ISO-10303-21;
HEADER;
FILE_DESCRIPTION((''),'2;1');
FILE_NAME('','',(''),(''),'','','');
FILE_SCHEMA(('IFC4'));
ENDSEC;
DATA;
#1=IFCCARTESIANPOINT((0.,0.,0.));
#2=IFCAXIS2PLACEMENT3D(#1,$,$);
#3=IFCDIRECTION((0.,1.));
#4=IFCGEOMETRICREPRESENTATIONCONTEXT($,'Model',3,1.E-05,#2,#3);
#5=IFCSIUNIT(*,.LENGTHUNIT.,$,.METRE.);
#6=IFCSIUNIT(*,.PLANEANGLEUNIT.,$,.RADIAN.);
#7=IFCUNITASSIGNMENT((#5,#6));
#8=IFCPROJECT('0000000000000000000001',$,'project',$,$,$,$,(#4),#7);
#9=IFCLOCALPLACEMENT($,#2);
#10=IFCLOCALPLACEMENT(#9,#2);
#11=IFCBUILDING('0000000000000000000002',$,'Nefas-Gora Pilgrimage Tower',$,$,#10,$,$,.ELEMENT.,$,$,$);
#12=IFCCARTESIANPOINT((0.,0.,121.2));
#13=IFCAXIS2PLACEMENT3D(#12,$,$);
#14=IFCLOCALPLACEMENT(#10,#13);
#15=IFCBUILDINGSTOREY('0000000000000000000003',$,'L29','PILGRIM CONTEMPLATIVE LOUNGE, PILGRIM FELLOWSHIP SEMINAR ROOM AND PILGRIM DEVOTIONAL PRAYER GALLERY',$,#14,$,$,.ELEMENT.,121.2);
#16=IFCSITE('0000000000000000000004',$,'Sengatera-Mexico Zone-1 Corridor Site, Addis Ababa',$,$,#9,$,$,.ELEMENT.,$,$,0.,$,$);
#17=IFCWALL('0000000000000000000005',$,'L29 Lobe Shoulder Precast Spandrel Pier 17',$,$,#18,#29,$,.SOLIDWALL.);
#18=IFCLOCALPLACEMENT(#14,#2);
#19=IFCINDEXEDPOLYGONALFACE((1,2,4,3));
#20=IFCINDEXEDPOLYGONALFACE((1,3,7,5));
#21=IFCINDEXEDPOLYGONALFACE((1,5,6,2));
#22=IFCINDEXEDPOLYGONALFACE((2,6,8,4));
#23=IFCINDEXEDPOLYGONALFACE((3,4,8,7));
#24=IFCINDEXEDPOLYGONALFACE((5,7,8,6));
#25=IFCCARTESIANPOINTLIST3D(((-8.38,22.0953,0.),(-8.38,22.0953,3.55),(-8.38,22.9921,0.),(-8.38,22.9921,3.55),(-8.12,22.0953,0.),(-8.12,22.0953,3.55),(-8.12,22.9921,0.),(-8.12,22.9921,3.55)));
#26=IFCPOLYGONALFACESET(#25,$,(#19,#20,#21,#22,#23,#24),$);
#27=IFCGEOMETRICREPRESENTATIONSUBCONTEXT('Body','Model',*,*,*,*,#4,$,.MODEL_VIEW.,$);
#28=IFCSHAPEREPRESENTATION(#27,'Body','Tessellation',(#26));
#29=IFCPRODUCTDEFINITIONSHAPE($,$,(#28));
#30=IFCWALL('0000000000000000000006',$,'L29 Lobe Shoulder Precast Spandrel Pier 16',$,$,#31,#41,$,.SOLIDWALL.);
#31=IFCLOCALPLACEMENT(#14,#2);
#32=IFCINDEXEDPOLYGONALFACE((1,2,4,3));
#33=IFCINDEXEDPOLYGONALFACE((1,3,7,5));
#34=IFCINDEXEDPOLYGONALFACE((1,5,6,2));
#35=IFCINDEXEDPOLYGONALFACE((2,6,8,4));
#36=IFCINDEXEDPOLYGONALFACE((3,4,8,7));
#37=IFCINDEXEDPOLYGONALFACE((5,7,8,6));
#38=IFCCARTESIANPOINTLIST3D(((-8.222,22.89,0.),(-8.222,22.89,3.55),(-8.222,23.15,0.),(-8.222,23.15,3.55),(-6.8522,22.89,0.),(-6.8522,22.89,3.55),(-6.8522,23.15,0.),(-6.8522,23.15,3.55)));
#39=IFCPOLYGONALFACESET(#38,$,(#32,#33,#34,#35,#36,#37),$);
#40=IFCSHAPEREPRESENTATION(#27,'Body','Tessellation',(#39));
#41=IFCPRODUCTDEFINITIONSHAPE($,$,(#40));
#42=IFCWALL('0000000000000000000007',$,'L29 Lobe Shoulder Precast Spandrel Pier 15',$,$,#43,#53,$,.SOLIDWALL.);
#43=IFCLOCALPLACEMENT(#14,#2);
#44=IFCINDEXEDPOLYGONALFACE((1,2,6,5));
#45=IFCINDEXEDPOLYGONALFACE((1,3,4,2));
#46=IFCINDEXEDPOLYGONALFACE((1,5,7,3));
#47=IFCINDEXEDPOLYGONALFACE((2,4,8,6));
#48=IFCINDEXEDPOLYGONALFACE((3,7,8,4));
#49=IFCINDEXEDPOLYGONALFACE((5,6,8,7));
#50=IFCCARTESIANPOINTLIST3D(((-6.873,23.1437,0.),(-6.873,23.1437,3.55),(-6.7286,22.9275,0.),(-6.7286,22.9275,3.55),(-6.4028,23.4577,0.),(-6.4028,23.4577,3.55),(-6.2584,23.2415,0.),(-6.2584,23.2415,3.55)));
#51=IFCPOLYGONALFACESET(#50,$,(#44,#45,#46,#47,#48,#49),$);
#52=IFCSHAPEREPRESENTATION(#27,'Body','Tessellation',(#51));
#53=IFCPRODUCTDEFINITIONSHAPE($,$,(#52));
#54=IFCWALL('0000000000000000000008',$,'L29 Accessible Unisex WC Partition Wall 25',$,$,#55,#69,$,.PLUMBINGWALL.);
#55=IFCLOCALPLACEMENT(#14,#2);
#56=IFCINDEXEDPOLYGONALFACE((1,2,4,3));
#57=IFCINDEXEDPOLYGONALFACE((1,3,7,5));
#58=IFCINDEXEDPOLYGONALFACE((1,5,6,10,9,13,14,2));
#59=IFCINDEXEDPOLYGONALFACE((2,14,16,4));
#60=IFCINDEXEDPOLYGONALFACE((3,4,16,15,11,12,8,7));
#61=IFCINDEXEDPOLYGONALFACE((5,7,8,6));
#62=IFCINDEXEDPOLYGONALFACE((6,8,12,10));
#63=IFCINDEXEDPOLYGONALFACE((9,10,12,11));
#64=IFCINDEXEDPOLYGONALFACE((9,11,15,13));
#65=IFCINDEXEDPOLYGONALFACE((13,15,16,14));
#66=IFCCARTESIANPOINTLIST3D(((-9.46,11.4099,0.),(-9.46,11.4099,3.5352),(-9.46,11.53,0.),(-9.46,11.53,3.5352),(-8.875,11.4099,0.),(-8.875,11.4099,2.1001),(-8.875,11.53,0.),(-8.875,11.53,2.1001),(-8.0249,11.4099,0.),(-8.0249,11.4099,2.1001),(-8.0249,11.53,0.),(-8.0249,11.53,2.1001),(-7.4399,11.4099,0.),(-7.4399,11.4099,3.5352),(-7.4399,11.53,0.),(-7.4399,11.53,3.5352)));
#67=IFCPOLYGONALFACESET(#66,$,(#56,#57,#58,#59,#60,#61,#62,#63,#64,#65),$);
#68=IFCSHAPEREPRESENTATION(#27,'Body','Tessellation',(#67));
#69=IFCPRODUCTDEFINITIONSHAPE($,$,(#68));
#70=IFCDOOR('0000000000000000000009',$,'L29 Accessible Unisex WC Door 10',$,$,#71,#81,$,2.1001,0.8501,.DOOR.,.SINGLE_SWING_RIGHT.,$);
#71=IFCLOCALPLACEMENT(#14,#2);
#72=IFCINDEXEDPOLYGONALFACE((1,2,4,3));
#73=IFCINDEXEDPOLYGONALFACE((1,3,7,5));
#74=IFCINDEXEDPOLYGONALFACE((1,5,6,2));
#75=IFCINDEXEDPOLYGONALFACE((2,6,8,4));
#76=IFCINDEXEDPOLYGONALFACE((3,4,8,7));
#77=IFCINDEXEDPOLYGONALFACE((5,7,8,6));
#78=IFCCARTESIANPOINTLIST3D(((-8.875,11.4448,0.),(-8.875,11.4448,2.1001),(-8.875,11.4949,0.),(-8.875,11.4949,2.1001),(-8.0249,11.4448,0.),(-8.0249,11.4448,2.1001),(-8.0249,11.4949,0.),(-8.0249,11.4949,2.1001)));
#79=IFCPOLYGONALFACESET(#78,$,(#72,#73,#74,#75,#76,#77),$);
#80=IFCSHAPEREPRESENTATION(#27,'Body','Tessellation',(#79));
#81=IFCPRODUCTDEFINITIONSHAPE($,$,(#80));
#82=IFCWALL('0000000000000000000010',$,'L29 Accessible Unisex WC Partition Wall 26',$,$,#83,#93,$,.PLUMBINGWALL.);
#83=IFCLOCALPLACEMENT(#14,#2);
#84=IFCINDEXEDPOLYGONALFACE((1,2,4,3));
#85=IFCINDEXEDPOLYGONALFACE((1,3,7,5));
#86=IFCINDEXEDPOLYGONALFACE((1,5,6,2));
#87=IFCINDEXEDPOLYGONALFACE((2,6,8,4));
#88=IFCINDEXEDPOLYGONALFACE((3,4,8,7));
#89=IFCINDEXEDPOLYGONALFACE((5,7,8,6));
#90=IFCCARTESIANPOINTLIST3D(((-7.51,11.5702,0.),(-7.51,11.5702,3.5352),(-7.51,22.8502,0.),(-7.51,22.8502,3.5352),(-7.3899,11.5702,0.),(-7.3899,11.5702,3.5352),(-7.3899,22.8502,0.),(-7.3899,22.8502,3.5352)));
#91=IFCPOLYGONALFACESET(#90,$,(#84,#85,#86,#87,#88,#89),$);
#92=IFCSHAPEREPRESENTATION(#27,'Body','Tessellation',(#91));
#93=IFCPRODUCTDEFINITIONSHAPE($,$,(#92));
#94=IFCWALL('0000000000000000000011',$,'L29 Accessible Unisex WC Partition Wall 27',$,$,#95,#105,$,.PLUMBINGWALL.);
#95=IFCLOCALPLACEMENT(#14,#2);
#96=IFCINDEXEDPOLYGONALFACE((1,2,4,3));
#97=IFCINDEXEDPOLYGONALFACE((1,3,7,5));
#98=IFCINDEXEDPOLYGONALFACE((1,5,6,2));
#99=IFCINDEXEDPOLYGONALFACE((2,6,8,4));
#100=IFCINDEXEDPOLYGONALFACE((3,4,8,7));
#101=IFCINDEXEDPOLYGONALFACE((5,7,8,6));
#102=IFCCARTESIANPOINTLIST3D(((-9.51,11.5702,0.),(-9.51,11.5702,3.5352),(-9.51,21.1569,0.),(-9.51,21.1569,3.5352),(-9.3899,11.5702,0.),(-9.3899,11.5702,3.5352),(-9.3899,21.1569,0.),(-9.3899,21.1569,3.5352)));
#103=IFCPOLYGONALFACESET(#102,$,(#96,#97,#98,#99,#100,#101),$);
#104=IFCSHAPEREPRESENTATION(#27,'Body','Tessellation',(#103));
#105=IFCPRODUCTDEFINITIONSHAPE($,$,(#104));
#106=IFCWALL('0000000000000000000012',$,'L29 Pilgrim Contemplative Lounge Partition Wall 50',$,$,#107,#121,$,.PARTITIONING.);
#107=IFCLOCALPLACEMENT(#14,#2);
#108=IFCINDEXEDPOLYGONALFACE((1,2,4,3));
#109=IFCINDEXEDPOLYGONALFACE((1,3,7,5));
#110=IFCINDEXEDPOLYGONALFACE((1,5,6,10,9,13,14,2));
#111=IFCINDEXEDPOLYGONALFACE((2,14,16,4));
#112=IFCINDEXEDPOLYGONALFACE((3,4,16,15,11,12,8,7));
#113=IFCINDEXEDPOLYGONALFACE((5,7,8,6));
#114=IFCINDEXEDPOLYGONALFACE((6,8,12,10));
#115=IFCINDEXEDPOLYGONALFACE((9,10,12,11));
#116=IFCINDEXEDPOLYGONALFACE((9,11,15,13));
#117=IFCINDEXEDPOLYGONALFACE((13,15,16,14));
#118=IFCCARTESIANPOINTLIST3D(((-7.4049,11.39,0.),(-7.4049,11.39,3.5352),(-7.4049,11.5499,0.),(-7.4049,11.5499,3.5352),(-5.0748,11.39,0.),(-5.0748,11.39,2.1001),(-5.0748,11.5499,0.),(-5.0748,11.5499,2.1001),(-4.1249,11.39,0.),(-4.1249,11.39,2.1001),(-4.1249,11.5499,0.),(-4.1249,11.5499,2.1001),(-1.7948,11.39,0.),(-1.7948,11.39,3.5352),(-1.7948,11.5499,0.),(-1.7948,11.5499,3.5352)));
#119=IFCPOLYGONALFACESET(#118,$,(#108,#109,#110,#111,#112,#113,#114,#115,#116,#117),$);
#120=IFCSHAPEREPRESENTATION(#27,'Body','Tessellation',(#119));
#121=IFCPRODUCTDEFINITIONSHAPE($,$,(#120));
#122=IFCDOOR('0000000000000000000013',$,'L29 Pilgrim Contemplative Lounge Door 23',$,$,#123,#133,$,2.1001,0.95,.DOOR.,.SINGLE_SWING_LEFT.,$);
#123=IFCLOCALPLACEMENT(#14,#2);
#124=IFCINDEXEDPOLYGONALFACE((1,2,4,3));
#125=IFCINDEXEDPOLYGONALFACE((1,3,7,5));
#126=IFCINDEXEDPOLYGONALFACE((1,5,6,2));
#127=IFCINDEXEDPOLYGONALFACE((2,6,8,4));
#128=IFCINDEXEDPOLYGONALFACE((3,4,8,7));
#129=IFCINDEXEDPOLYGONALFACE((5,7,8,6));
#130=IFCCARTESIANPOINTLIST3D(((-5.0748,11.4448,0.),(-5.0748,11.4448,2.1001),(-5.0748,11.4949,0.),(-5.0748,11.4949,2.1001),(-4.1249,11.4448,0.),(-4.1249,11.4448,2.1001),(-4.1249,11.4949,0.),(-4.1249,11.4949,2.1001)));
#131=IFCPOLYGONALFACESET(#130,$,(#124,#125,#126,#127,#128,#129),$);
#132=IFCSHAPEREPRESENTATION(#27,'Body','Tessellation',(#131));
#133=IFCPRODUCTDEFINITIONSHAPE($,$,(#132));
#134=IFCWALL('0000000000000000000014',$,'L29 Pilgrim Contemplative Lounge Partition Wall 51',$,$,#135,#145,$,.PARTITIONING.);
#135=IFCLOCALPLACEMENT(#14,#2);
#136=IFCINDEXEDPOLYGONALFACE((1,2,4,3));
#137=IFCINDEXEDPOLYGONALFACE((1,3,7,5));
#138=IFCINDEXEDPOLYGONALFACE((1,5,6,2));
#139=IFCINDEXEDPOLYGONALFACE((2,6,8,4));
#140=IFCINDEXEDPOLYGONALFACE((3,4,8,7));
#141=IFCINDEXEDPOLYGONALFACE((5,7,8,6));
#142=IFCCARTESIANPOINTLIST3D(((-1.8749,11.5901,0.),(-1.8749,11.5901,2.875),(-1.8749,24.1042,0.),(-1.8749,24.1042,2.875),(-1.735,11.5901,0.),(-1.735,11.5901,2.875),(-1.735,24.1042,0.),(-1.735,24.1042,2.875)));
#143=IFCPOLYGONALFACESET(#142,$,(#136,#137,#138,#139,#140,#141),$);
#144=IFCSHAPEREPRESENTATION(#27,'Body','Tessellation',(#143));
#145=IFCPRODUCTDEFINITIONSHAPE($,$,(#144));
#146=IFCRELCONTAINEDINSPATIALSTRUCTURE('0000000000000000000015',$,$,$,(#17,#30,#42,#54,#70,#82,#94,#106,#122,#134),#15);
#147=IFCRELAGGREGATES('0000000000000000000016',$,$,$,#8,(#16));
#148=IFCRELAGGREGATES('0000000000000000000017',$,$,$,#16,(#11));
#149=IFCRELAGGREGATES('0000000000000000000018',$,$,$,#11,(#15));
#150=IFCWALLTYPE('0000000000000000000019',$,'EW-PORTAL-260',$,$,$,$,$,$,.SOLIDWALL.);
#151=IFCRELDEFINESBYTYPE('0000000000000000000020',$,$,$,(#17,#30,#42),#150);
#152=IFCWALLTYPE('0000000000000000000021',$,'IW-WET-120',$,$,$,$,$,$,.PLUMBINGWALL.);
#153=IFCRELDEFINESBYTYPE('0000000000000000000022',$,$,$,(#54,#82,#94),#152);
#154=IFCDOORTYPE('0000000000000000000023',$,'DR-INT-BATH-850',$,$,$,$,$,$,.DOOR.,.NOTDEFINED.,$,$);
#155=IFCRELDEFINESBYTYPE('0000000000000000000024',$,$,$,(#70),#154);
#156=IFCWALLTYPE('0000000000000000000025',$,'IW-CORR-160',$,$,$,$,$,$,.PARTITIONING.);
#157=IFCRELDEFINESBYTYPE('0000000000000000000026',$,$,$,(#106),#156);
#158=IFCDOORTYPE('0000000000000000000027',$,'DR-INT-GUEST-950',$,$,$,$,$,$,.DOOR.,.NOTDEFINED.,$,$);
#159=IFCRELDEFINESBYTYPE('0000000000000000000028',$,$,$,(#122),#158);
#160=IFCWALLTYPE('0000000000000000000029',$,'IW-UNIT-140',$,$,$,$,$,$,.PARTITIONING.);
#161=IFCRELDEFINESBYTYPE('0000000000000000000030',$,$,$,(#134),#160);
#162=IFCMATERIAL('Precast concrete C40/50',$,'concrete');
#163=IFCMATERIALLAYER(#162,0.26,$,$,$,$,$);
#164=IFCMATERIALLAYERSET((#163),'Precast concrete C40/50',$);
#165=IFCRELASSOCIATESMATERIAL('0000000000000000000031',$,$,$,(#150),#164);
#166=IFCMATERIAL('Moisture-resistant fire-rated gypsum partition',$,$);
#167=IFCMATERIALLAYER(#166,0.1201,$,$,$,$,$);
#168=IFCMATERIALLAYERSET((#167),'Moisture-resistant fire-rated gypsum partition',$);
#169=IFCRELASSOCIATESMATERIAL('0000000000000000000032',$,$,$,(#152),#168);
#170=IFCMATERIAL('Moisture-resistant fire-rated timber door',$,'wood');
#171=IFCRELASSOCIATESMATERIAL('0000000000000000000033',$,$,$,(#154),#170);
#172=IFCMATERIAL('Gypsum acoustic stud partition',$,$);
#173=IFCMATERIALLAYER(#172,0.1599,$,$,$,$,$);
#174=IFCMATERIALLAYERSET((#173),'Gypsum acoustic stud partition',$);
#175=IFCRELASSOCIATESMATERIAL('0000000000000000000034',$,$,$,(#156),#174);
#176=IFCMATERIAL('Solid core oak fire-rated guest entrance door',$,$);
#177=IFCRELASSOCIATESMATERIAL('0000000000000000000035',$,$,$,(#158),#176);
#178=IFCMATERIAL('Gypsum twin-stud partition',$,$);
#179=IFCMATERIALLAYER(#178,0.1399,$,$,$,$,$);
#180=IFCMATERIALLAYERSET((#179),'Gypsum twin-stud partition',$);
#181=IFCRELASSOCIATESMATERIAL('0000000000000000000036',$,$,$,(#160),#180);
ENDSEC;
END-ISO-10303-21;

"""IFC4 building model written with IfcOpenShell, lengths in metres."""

from ifc_helpers import new_model, si_unit, direction, frame, frame_2d, origin, place, context, subcontext, project, spatial, rectangle, extrude, source, transform, mapped, material, layer, layer_set, type_object, element, fill, save


model = new_model("IFC4")

# Units and contexts
model_context = context("Model", 3, precision=1e-05, world=origin(), true_north=direction((0.0, 1.0)))
body_context = subcontext(model_context, "Body", "Model", "MODEL_VIEW")
ifc_project = project(units=[si_unit("LENGTHUNIT", "METRE"), si_unit("PLANEANGLEUNIT", "RADIAN")], contexts=[model_context])

# Site, building, storey
site_placement = place(None, origin())
site = spatial("IfcSite", under=ifc_project, at=site_placement, Name="Sengatera-Mexico Zone-1 Corridor Site, Addis Ababa", CompositionType="ELEMENT", RefElevation=0.0)
building_placement = place(site_placement, origin())
building = spatial("IfcBuilding", under=site, at=building_placement, Name="Nefas-Gora Pilgrimage Tower", CompositionType="ELEMENT")
storey_placement = place(building_placement, frame((0.0, 0.0, 121.2)))
storey = spatial("IfcBuildingStorey", under=building, at=storey_placement, Name="L29", Description="PILGRIM CONTEMPLATIVE LOUNGE, PILGRIM FELLOWSHIP SEMINAR ROOM AND PILGRIM DEVOTIONAL PRAYER GALLERY", CompositionType="ELEMENT", Elevation=121.2)

# Walls
ifc_material_1 = material(Name="Precast concrete C40/50", Category="concrete")
ifc_layer_1 = layer(ifc_material_1, 0.26)
ifc_layer_set_1 = layer_set([ifc_layer_1], Name="Precast concrete C40/50")
wall_type_1 = type_object("IfcWallType", Name="EW-PORTAL-260", PredefinedType="SOLIDWALL", material=ifc_layer_set_1)
shared_shape_1 = source(origin(), body_context, "Body", "SweptSolid", [
    extrude(rectangle(XDim=0.8967, YDim=0.26, at=frame_2d((0.4482, 0.0))), origin(), (0.0, 0.0, 1.0), 3.55),
])
wall_1_placement = place(storey_placement, frame((-8.25, 22.9919, 0.0), z_axis=(0.0, 0.0, 1.0), x_axis=(0.0, -1.0, 0.0)))
element("IfcWall", 1, at=wall_1_placement, inside=storey, type_object=wall_type_1, Name="L29 Lobe Shoulder Precast Spandrel Pier 17", PredefinedType="SOLIDWALL", context=body_context, shape_type="MappedRepresentation", body=[
    mapped(shared_shape_1, transform((0.0, 0.0, 0.0), x_axis=(1.0, 0.0, 0.0), y_axis=(0.0, 1.0, 0.0), z_axis=(0.0, 0.0, 1.0), scale=1.0)),
])
shared_shape_2 = source(origin(), body_context, "Body", "SweptSolid", [
    extrude(rectangle(XDim=1.3699, YDim=0.26, at=frame_2d((0.6851, 0.0))), origin(), (0.0, 0.0, 1.0), 3.55),
])
wall_2_placement = place(storey_placement, frame((-6.8521, 23.02, 0.0), z_axis=(0.0, 0.0, 1.0), x_axis=(-1.0, 0.0, 0.0)))
element("IfcWall", 2, at=wall_2_placement, inside=storey, type_object=wall_type_1, Name="L29 Lobe Shoulder Precast Spandrel Pier 16", PredefinedType="SOLIDWALL", context=body_context, shape_type="MappedRepresentation", body=[
    mapped(shared_shape_2, transform((0.0, 0.0, 0.0), x_axis=(1.0, 0.0, 0.0), y_axis=(0.0, 1.0, 0.0), z_axis=(0.0, 0.0, 1.0), scale=1.0)),
])
shared_shape_3 = source(origin(), body_context, "Body", "SweptSolid", [
    extrude(rectangle(XDim=0.5654, YDim=0.26, at=frame_2d((0.2827, 0.0))), origin(), (0.0, 0.0, 1.0), 3.55),
])
wall_3_placement = place(storey_placement, frame((-6.3306, 23.3496, 0.0), z_axis=(0.0, 0.0, 1.0), x_axis=(-0.831651, -0.555298, 0.0)))
element("IfcWall", 3, at=wall_3_placement, inside=storey, type_object=wall_type_1, Name="L29 Lobe Shoulder Precast Spandrel Pier 15", PredefinedType="SOLIDWALL", context=body_context, shape_type="MappedRepresentation", body=[
    mapped(shared_shape_3, transform((0.0, 0.0, 0.0), x_axis=(1.0, 0.0, 0.0), y_axis=(0.0, 1.0, 0.0), z_axis=(0.0, 0.0, 1.0), scale=1.0)),
])

# Wall, opening, door
ifc_material_2 = material(Name="Moisture-resistant fire-rated gypsum partition")
ifc_layer_2 = layer(ifc_material_2, 0.1201)
ifc_layer_set_2 = layer_set([ifc_layer_2], Name="Moisture-resistant fire-rated gypsum partition")
wall_type_2 = type_object("IfcWallType", Name="IW-WET-120", PredefinedType="PLUMBINGWALL", material=ifc_layer_set_2)
shared_shape_4 = source(origin(), body_context, "Body", "SweptSolid", [
    extrude(rectangle(XDim=2.02, YDim=0.1201, at=frame_2d((1.01, 0.0))), origin(), (0.0, 0.0, 1.0), 3.5352),
])
wall_4_placement = place(storey_placement, frame((-9.46, 11.47, 0.0), z_axis=(0.0, 0.0, 1.0), x_axis=(1.0, 0.0, 0.0)))
wall_4 = element("IfcWall", 4, at=wall_4_placement, inside=storey, type_object=wall_type_2, Name="L29 Accessible Unisex WC Partition Wall 25", PredefinedType="PLUMBINGWALL", context=body_context, shape_type="MappedRepresentation", body=[
    mapped(shared_shape_4, transform((0.0, 0.0, 0.0), x_axis=(1.0, 0.0, 0.0), y_axis=(0.0, 1.0, 0.0), z_axis=(0.0, 0.0, 1.0), scale=1.0)),
])
opening_1_placement = place(wall_4_placement, frame((0.585, 0.0, 0.0)))
opening_1 = element("IfcOpeningElement", 5, at=opening_1_placement, cuts=wall_4, PredefinedType="OPENING", context=body_context, shape_type="SweptSolid", body=[
    extrude(rectangle(XDim=0.8501, YDim=2.1001, at=frame_2d((0.425, 1.05))), frame((0.0, 0.0701, 0.0), z_axis=(0.0, -1.0, 0.0), x_axis=(1.0, 0.0, 0.0)), (0.0, 0.0, 1.0), 0.1401),
])
ifc_material_3 = material(Name="Moisture-resistant fire-rated timber door", Category="wood")
door_type_1 = type_object("IfcDoorType", Name="DR-INT-BATH-850", OperationType="NOTDEFINED", PredefinedType="DOOR", material=ifc_material_3)
shared_shape_5 = source(origin(), body_context, "Body", "SweptSolid", [
    extrude(rectangle(XDim=0.8501, YDim=2.1001, at=frame_2d((0.425, 1.05))), frame((0.0, 0.0249, 0.0), z_axis=(0.0, -1.0, 0.0), x_axis=(1.0, 0.0, 0.0)), (0.0, 0.0, 1.0), 0.05),
])
door_1_placement = place(opening_1_placement, origin())
door_1 = element("IfcDoor", 6, at=door_1_placement, inside=storey, type_object=door_type_1, Name="L29 Accessible Unisex WC Door 10", OperationType="SINGLE_SWING_RIGHT", OverallHeight=2.1001, OverallWidth=0.8501, PredefinedType="DOOR", context=body_context, shape_type="MappedRepresentation", body=[
    mapped(shared_shape_5, transform((0.0, 0.0, 0.0), x_axis=(1.0, 0.0, 0.0), y_axis=(0.0, 1.0, 0.0), z_axis=(0.0, 0.0, 1.0), scale=1.0)),
])
fill(opening_1, door_1)

# Walls
shared_shape_6 = source(origin(), body_context, "Body", "SweptSolid", [
    extrude(rectangle(XDim=11.28, YDim=0.1201, at=frame_2d((5.6401, 0.0))), origin(), (0.0, 0.0, 1.0), 3.5352),
])
wall_5_placement = place(storey_placement, frame((-7.45, 11.5701, 0.0), z_axis=(0.0, 0.0, 1.0), x_axis=(0.0, 1.0, 0.0)))
element("IfcWall", 7, at=wall_5_placement, inside=storey, type_object=wall_type_2, Name="L29 Accessible Unisex WC Partition Wall 26", PredefinedType="PLUMBINGWALL", context=body_context, shape_type="MappedRepresentation", body=[
    mapped(shared_shape_6, transform((0.0, 0.0, 0.0), x_axis=(1.0, 0.0, 0.0), y_axis=(0.0, 1.0, 0.0), z_axis=(0.0, 0.0, 1.0), scale=1.0)),
])
shared_shape_7 = source(origin(), body_context, "Body", "SweptSolid", [
    extrude(rectangle(XDim=9.5867, YDim=0.1201, at=frame_2d((4.7935, 0.0))), origin(), (0.0, 0.0, 1.0), 3.5352),
])
wall_6_placement = place(storey_placement, frame((-9.45, 11.5701, 0.0), z_axis=(0.0, 0.0, 1.0), x_axis=(0.0, 1.0, 0.0)))
element("IfcWall", 8, at=wall_6_placement, inside=storey, type_object=wall_type_2, Name="L29 Accessible Unisex WC Partition Wall 27", PredefinedType="PLUMBINGWALL", context=body_context, shape_type="MappedRepresentation", body=[
    mapped(shared_shape_7, transform((0.0, 0.0, 0.0), x_axis=(1.0, 0.0, 0.0), y_axis=(0.0, 1.0, 0.0), z_axis=(0.0, 0.0, 1.0), scale=1.0)),
])

# Wall, opening, door
ifc_material_4 = material(Name="Gypsum acoustic stud partition")
ifc_layer_3 = layer(ifc_material_4, 0.1599)
ifc_layer_set_3 = layer_set([ifc_layer_3], Name="Gypsum acoustic stud partition")
wall_type_3 = type_object("IfcWallType", Name="IW-CORR-160", PredefinedType="PARTITIONING", material=ifc_layer_set_3)
shared_shape_8 = source(origin(), body_context, "Body", "SweptSolid", [
    extrude(rectangle(XDim=5.6101, YDim=0.1599, at=frame_2d((2.8052, 0.0))), origin(), (0.0, 0.0, 1.0), 3.5352),
])
wall_7_placement = place(storey_placement, frame((-7.405, 11.47, 0.0), z_axis=(0.0, 0.0, 1.0), x_axis=(1.0, 0.0, 0.0)))
wall_7 = element("IfcWall", 9, at=wall_7_placement, inside=storey, type_object=wall_type_3, Name="L29 Pilgrim Contemplative Lounge Partition Wall 50", PredefinedType="PARTITIONING", context=body_context, shape_type="MappedRepresentation", body=[
    mapped(shared_shape_8, transform((0.0, 0.0, 0.0), x_axis=(1.0, 0.0, 0.0), y_axis=(0.0, 1.0, 0.0), z_axis=(0.0, 0.0, 1.0), scale=1.0)),
])
opening_2_placement = place(wall_7_placement, frame((2.3301, 0.0, 0.0)))
opening_2 = element("IfcOpeningElement", 10, at=opening_2_placement, cuts=wall_7, PredefinedType="OPENING", context=body_context, shape_type="SweptSolid", body=[
    extrude(rectangle(XDim=0.95, YDim=2.1001, at=frame_2d((0.4751, 1.05))), frame((0.0, 0.0898, 0.0), z_axis=(0.0, -1.0, 0.0), x_axis=(1.0, 0.0, 0.0)), (0.0, 0.0, 1.0), 0.1799),
])
ifc_material_5 = material(Name="Solid core oak fire-rated guest entrance door")
door_type_2 = type_object("IfcDoorType", Name="DR-INT-GUEST-950", OperationType="NOTDEFINED", PredefinedType="DOOR", material=ifc_material_5)
shared_shape_9 = source(origin(), body_context, "Body", "SweptSolid", [
    extrude(rectangle(XDim=0.95, YDim=2.1001, at=frame_2d((0.4751, 1.05))), frame((0.0, 0.0249, 0.0), z_axis=(0.0, -1.0, 0.0), x_axis=(1.0, 0.0, 0.0)), (0.0, 0.0, 1.0), 0.05),
])
door_2_placement = place(opening_2_placement, origin())
door_2 = element("IfcDoor", 11, at=door_2_placement, inside=storey, type_object=door_type_2, Name="L29 Pilgrim Contemplative Lounge Door 23", OperationType="SINGLE_SWING_LEFT", OverallHeight=2.1001, OverallWidth=0.95, PredefinedType="DOOR", context=body_context, shape_type="MappedRepresentation", body=[
    mapped(shared_shape_9, transform((0.0, 0.0, 0.0), x_axis=(1.0, 0.0, 0.0), y_axis=(0.0, 1.0, 0.0), z_axis=(0.0, 0.0, 1.0), scale=1.0)),
])
fill(opening_2, door_2)

# Wall
ifc_material_6 = material(Name="Gypsum twin-stud partition")
ifc_layer_4 = layer(ifc_material_6, 0.1399)
ifc_layer_set_4 = layer_set([ifc_layer_4], Name="Gypsum twin-stud partition")
wall_type_4 = type_object("IfcWallType", Name="IW-UNIT-140", PredefinedType="PARTITIONING", material=ifc_layer_set_4)
shared_shape_10 = source(origin(), body_context, "Body", "SweptSolid", [
    extrude(rectangle(XDim=12.5142, YDim=0.1399, at=frame_2d((6.2571, 0.0))), origin(), (0.0, 0.0, 1.0), 2.875),
])
wall_8_placement = place(storey_placement, frame((-1.8049, 11.5901, 0.0), z_axis=(0.0, 0.0, 1.0), x_axis=(0.0, 1.0, 0.0)))
element("IfcWall", 12, at=wall_8_placement, inside=storey, type_object=wall_type_4, Name="L29 Pilgrim Contemplative Lounge Partition Wall 51", PredefinedType="PARTITIONING", context=body_context, shape_type="MappedRepresentation", body=[
    mapped(shared_shape_10, transform((0.0, 0.0, 0.0), x_axis=(1.0, 0.0, 0.0), y_axis=(0.0, 1.0, 0.0), z_axis=(0.0, 0.0, 1.0), scale=1.0)),
])

save(model, "model.ifc")
